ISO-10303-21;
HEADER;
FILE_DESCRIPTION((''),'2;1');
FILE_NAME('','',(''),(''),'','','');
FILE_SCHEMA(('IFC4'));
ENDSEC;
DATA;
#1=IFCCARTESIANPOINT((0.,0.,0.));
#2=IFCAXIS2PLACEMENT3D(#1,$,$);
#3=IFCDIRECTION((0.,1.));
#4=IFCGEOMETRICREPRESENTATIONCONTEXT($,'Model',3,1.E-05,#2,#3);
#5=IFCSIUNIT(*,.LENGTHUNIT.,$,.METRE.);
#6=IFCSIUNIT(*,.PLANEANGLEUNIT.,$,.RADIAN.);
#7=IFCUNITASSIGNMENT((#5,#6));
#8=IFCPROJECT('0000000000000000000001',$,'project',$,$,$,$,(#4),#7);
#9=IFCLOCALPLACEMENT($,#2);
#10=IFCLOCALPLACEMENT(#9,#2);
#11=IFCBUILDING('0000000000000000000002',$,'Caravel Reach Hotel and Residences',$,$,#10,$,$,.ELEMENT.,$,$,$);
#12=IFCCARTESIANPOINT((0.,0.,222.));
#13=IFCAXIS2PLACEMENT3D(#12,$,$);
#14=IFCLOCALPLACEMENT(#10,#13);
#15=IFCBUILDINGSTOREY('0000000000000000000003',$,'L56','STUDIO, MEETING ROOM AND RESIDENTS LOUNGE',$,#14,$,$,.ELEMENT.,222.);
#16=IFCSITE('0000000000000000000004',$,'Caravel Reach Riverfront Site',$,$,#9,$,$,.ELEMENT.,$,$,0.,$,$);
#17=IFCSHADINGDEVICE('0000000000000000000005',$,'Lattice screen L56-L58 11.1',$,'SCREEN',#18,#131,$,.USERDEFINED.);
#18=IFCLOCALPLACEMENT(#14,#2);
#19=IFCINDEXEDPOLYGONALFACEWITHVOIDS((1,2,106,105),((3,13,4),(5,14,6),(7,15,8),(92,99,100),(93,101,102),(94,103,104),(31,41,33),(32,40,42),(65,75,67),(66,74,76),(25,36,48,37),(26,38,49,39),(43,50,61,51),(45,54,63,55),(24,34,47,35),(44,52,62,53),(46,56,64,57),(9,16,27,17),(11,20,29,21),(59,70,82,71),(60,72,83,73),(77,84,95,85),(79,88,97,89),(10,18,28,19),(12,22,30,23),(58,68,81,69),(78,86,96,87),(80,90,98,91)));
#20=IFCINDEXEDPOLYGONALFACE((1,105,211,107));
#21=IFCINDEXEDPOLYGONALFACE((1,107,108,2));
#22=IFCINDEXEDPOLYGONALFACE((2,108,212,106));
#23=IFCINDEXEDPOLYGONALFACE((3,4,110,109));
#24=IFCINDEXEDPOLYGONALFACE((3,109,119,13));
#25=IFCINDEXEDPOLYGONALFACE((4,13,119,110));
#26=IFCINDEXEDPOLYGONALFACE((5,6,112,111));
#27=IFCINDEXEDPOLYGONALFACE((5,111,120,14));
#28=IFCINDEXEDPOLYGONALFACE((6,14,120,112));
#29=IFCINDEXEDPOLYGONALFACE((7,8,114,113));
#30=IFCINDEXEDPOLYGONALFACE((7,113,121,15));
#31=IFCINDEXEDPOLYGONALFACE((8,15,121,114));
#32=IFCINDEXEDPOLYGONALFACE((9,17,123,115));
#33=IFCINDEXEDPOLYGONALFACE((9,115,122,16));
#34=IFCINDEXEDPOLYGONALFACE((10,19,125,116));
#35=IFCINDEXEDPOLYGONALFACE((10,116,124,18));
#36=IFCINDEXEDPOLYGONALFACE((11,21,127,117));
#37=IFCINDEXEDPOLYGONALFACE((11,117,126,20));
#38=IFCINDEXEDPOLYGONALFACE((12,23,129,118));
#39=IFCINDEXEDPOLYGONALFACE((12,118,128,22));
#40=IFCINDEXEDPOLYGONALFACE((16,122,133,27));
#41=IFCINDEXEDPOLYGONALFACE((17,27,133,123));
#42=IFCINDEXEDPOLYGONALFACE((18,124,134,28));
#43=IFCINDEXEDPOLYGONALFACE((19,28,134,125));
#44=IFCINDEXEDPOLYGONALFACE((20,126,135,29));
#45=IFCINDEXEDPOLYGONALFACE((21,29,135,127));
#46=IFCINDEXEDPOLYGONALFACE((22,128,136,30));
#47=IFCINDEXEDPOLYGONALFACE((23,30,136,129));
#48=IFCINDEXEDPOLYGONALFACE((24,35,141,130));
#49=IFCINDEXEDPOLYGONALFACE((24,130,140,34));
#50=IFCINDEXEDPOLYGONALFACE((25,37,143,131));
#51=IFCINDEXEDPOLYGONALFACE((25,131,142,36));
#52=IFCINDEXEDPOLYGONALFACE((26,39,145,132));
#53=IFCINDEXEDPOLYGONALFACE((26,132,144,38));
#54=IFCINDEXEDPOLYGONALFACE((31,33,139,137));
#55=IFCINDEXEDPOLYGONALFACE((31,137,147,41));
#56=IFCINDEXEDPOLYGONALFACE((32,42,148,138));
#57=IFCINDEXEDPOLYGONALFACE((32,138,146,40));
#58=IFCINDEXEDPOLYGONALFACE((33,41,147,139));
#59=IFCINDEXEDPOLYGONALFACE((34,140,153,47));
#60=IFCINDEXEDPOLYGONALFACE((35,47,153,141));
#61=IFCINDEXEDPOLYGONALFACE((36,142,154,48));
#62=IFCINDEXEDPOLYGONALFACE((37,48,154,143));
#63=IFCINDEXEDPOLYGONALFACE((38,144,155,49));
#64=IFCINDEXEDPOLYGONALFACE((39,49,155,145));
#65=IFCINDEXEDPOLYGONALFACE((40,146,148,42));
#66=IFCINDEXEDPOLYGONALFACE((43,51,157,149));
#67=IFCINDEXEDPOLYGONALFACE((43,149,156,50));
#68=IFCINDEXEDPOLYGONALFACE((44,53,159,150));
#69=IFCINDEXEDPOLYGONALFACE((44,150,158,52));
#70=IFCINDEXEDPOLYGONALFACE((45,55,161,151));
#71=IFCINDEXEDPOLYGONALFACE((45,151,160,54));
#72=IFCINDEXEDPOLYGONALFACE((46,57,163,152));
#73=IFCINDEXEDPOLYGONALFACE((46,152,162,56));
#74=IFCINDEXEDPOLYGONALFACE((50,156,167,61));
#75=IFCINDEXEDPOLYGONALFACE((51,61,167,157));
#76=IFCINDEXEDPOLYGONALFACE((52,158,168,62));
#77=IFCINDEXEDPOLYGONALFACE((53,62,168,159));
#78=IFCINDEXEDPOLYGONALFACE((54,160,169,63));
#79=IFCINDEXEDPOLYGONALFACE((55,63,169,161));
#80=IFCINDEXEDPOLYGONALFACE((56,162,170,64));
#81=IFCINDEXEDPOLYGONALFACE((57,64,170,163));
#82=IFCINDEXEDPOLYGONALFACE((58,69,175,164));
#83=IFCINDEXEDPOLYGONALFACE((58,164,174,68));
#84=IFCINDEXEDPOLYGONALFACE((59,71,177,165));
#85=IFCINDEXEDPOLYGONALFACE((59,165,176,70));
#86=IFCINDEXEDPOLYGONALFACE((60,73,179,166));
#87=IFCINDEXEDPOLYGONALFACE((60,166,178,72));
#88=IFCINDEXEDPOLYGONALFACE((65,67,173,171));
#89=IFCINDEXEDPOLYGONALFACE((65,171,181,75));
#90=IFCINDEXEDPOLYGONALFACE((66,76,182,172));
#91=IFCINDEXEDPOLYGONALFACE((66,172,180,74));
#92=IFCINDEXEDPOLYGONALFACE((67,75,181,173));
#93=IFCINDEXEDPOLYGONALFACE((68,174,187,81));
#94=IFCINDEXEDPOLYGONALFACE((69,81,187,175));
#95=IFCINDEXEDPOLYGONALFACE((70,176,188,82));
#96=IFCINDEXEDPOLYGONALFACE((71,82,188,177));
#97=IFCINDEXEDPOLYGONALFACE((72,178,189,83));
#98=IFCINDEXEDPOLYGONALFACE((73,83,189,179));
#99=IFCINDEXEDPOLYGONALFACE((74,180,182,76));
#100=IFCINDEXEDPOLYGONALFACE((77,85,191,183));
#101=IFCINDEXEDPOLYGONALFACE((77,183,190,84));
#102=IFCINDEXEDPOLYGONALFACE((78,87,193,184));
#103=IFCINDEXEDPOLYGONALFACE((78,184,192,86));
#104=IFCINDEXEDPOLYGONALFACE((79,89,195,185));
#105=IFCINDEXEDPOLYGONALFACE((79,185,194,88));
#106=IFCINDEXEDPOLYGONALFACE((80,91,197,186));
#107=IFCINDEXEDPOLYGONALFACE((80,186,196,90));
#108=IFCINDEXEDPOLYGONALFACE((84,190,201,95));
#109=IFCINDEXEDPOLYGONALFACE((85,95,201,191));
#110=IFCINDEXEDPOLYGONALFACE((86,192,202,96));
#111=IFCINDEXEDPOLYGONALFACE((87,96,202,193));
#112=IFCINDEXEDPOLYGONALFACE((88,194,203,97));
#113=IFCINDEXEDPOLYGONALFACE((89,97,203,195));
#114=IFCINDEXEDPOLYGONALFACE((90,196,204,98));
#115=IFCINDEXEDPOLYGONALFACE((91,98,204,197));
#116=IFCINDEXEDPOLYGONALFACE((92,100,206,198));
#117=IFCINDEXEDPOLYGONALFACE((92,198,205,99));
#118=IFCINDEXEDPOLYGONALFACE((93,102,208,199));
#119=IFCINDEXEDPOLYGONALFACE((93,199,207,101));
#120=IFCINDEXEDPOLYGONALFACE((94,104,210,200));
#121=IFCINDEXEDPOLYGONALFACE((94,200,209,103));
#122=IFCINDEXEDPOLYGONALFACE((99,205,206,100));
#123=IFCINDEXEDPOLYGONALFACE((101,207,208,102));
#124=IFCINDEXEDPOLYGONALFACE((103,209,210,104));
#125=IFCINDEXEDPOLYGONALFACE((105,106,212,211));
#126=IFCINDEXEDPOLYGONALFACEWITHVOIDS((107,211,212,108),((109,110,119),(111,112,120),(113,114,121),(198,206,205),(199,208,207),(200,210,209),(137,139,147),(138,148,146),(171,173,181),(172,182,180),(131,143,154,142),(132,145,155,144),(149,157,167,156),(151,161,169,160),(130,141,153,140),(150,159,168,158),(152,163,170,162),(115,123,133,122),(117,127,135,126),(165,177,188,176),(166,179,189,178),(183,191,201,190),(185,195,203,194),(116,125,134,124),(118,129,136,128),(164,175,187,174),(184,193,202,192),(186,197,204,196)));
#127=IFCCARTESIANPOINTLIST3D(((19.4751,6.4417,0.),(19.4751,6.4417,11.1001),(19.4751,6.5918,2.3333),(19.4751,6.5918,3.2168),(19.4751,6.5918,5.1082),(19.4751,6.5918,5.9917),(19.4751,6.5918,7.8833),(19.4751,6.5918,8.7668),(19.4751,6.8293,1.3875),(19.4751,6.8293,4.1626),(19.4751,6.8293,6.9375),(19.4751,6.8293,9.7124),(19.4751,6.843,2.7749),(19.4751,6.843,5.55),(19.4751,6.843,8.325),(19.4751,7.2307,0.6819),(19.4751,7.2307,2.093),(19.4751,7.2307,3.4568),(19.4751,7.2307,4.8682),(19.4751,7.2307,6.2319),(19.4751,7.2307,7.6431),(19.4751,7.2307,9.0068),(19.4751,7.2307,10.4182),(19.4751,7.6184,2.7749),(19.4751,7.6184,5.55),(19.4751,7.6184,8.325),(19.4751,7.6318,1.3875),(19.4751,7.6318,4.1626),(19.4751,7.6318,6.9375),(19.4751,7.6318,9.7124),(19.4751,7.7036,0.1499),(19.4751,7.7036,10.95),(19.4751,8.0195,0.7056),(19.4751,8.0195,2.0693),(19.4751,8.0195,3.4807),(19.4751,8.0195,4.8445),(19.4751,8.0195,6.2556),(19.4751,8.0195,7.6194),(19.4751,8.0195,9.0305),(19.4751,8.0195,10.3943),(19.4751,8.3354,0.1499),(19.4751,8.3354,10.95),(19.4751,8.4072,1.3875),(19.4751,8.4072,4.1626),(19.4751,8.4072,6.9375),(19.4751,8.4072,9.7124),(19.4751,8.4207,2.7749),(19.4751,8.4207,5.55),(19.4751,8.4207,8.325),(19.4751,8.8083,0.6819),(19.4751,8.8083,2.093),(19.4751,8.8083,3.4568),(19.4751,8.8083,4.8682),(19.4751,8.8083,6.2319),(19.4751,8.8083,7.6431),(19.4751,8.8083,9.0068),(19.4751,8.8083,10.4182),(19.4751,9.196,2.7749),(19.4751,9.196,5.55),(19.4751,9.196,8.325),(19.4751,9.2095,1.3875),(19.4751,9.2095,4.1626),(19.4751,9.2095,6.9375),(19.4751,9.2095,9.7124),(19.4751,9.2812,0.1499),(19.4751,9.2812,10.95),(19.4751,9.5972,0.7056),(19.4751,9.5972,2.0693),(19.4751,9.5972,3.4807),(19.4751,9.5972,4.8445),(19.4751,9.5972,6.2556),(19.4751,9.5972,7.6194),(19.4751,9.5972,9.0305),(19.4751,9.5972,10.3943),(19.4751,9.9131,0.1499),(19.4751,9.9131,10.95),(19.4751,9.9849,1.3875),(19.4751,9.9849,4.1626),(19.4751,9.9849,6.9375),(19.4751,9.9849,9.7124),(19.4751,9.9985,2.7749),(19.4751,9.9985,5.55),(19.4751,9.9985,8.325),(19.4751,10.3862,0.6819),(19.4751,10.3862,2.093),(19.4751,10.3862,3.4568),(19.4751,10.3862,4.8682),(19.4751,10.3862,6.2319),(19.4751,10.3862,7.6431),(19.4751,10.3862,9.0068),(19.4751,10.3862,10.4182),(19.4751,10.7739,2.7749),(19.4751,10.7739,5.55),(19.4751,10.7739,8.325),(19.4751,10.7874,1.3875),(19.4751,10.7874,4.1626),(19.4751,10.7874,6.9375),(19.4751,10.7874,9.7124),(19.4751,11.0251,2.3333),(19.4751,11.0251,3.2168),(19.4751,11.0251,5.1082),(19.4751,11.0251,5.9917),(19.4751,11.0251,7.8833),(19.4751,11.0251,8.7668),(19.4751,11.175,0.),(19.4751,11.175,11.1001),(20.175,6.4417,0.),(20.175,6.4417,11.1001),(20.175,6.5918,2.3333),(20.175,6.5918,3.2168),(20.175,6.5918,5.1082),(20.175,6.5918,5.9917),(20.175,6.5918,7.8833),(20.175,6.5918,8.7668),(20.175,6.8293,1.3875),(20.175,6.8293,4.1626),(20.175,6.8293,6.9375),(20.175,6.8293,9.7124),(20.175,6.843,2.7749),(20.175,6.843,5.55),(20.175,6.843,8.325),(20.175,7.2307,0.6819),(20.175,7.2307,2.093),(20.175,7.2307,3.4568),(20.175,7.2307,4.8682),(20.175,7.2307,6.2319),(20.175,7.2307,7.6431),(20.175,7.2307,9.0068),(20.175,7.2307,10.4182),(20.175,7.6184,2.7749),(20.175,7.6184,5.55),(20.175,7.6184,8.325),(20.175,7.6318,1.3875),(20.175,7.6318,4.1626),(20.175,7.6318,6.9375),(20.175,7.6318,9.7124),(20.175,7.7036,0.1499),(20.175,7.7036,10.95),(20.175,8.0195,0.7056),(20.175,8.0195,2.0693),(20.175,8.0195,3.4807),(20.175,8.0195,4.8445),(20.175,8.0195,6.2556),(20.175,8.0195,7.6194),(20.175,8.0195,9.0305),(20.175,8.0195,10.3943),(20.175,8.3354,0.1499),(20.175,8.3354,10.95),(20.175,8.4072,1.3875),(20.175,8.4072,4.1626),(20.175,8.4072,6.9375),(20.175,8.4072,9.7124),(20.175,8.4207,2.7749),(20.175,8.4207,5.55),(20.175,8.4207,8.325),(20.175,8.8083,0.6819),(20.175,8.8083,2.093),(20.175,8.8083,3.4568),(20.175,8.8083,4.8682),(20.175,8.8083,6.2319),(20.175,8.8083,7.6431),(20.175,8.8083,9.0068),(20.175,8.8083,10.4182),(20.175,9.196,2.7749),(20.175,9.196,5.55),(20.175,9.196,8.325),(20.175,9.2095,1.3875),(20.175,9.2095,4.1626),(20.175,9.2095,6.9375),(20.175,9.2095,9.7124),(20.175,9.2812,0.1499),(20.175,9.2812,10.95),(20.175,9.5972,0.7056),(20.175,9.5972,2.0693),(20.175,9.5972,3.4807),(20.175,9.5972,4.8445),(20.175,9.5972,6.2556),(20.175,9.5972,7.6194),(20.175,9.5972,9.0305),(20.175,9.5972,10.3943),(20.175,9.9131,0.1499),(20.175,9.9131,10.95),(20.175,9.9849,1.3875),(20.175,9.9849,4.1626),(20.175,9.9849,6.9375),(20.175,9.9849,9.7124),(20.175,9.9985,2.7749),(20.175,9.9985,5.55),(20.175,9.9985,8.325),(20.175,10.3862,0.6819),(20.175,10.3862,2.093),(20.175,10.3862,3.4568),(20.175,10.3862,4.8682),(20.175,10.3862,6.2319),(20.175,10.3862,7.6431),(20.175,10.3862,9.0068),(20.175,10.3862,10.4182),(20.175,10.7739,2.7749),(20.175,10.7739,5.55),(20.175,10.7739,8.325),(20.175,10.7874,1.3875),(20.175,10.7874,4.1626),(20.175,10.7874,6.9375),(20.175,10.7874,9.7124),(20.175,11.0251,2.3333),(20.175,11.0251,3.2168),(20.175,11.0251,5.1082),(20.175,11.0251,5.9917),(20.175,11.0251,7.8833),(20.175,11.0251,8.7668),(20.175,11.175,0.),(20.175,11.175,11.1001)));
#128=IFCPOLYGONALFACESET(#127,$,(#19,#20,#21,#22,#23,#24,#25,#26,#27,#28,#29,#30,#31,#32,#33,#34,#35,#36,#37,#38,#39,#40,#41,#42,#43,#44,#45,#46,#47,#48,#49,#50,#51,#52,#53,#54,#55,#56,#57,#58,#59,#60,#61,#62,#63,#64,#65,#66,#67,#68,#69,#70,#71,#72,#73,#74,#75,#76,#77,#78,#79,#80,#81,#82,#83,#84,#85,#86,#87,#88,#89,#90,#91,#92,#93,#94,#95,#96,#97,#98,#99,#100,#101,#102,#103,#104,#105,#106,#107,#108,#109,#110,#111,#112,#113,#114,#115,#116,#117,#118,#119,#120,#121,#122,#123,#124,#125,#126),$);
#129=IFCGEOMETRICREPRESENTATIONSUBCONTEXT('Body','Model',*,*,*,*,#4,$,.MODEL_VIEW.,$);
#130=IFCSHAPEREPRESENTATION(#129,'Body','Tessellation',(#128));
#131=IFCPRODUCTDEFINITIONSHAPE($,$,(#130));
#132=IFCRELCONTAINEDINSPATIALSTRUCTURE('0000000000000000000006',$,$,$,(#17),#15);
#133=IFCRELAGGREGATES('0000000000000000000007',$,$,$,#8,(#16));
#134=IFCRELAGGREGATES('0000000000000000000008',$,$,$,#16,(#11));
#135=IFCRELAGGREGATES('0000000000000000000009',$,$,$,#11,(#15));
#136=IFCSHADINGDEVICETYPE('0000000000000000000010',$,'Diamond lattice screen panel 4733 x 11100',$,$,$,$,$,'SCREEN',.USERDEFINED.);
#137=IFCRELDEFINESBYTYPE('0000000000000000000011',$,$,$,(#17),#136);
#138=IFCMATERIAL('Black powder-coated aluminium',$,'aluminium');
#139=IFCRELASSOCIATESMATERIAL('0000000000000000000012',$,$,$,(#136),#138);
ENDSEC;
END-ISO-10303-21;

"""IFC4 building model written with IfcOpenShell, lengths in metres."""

from ifc_helpers import new_model, si_unit, direction, frame, origin, place, context, subcontext, project, spatial, polyline, outline, extrude, material, type_object, element, save


model = new_model("IFC4")

# Units and contexts
model_context = context("Model", 3, precision=1e-05, world=origin(), true_north=direction((0.0, 1.0)))
body_context = subcontext(model_context, "Body", "Model", "MODEL_VIEW")
ifc_project = project(units=[si_unit("LENGTHUNIT", "METRE"), si_unit("PLANEANGLEUNIT", "RADIAN")], contexts=[model_context])

# Site, building, storey
site_placement = place(None, origin())
site = spatial("IfcSite", under=ifc_project, at=site_placement, Name="Caravel Reach Riverfront Site", CompositionType="ELEMENT", RefElevation=0.0)
building_placement = place(site_placement, origin())
building = spatial("IfcBuilding", under=site, at=building_placement, Name="Caravel Reach Hotel and Residences", CompositionType="ELEMENT")
storey_placement = place(building_placement, frame((0.0, 0.0, 222.0)))
storey = spatial("IfcBuildingStorey", under=building, at=storey_placement, Name="L56", Description="STUDIO, MEETING ROOM AND RESIDENTS LOUNGE", CompositionType="ELEMENT", Elevation=222.0)

# Shading device
ifc_material_1 = material(Name="Black powder-coated aluminium", Category="aluminium")
shading_device_type_1 = type_object("IfcShadingDeviceType", Name="Diamond lattice screen panel 4733 x 11100", ElementType="SCREEN", PredefinedType="USERDEFINED", material=ifc_material_1)
shading_device_1_placement = place(storey_placement, frame((20.175, 11.175, 0.0), z_axis=(-1.0, 0.0, 0.0), x_axis=(0.0, -1.0, 0.0)))
element("IfcShadingDevice", 1, at=shading_device_1_placement, inside=storey, type_object=shading_device_type_1, Name="Lattice screen L56-L58 11.1", ObjectType="SCREEN", PredefinedType="USERDEFINED", context=body_context, shape_type="SweptSolid", body=[
    extrude(outline(polyline([(0.0, 0.0), (4.7334, 0.0), (4.7334, 11.1001), (0.0, 11.1001), (0.0, 0.0)]), holes=[polyline([(0.4011, 2.7749), (0.1499, 3.2168), (0.1499, 2.3333), (0.4011, 2.7749)]), polyline([(0.4011, 5.55), (0.1499, 5.9917), (0.1499, 5.1082), (0.4011, 5.55)]), polyline([(0.4011, 8.325), (0.1499, 8.7668), (0.1499, 7.8833), (0.4011, 8.325)]), polyline([(0.7888, 2.093), (0.3877, 1.3875), (0.7888, 0.6819), (1.1902, 1.3875), (0.7888, 2.093)]), polyline([(0.7888, 4.8682), (0.3877, 4.1626), (0.7888, 3.4568), (1.1902, 4.1626), (0.7888, 4.8682)]), polyline([(0.7888, 7.6431), (0.3877, 6.9375), (0.7888, 6.2319), (1.1902, 6.9375), (0.7888, 7.6431)]), polyline([(0.7888, 10.4182), (0.3877, 9.7124), (0.7888, 9.0068), (1.1902, 9.7124), (0.7888, 10.4182)]), polyline([(1.5779, 0.7056), (1.262, 0.1499), (1.8938, 0.1499), (1.5779, 0.7056)]), polyline([(1.5779, 3.4807), (1.1765, 2.7749), (1.5779, 2.0693), (1.979, 2.7749), (1.5779, 3.4807)]), polyline([(1.5779, 6.2556), (1.1765, 5.55), (1.5779, 4.8445), (1.979, 5.55), (1.5779, 6.2556)]), polyline([(1.5779, 9.0305), (1.1765, 8.325), (1.5779, 7.6194), (1.979, 8.325), (1.5779, 9.0305)]), polyline([(1.5779, 10.3943), (1.8938, 10.95), (1.262, 10.95), (1.5779, 10.3943)]), polyline([(2.3667, 2.093), (1.9656, 1.3875), (2.3667, 0.6819), (2.7678, 1.3875), (2.3667, 2.093)]), polyline([(2.3667, 4.8682), (1.9656, 4.1626), (2.3667, 3.4568), (2.7678, 4.1626), (2.3667, 4.8682)]), polyline([(2.3667, 7.6431), (1.9656, 6.9375), (2.3667, 6.2319), (2.7678, 6.9375), (2.3667, 7.6431)]), polyline([(2.3667, 10.4182), (1.9656, 9.7124), (2.3667, 9.0068), (2.7678, 9.7124), (2.3667, 10.4182)]), polyline([(3.1555, 0.7056), (2.8396, 0.1499), (3.4714, 0.1499), (3.1555, 0.7056)]), polyline([(3.1555, 3.4807), (2.7544, 2.7749), (3.1555, 2.0693), (3.5566, 2.7749), (3.1555, 3.4807)]), polyline([(3.1555, 6.2556), (2.7544, 5.55), (3.1555, 4.8445), (3.5566, 5.55), (3.1555, 6.2556)]), polyline([(3.1555, 9.0305), (2.7544, 8.325), (3.1555, 7.6194), (3.5566, 8.325), (3.1555, 9.0305)]), polyline([(3.1555, 10.3943), (3.4714, 10.95), (2.8396, 10.95), (3.1555, 10.3943)]), polyline([(3.9443, 2.093), (3.5432, 1.3875), (3.9443, 0.6819), (4.3457, 1.3875), (3.9443, 2.093)]), polyline([(3.9443, 4.8682), (3.5432, 4.1626), (3.9443, 3.4568), (4.3457, 4.1626), (3.9443, 4.8682)]), polyline([(3.9443, 7.6431), (3.5432, 6.9375), (3.9443, 6.2319), (4.3457, 6.9375), (3.9443, 7.6431)]), polyline([(3.9443, 10.4182), (3.5432, 9.7124), (3.9443, 9.0068), (4.3457, 9.7124), (3.9443, 10.4182)]), polyline([(4.332, 2.7749), (4.5833, 2.3333), (4.5833, 3.2168), (4.332, 2.7749)]), polyline([(4.332, 5.55), (4.5833, 5.1082), (4.5833, 5.9917), (4.332, 5.55)]), polyline([(4.332, 8.325), (4.5833, 7.8833), (4.5833, 8.7668), (4.332, 8.325)])]), origin(), (0.0, 0.0, 1.0), 0.7),
])

save(model, "model.ifc")
